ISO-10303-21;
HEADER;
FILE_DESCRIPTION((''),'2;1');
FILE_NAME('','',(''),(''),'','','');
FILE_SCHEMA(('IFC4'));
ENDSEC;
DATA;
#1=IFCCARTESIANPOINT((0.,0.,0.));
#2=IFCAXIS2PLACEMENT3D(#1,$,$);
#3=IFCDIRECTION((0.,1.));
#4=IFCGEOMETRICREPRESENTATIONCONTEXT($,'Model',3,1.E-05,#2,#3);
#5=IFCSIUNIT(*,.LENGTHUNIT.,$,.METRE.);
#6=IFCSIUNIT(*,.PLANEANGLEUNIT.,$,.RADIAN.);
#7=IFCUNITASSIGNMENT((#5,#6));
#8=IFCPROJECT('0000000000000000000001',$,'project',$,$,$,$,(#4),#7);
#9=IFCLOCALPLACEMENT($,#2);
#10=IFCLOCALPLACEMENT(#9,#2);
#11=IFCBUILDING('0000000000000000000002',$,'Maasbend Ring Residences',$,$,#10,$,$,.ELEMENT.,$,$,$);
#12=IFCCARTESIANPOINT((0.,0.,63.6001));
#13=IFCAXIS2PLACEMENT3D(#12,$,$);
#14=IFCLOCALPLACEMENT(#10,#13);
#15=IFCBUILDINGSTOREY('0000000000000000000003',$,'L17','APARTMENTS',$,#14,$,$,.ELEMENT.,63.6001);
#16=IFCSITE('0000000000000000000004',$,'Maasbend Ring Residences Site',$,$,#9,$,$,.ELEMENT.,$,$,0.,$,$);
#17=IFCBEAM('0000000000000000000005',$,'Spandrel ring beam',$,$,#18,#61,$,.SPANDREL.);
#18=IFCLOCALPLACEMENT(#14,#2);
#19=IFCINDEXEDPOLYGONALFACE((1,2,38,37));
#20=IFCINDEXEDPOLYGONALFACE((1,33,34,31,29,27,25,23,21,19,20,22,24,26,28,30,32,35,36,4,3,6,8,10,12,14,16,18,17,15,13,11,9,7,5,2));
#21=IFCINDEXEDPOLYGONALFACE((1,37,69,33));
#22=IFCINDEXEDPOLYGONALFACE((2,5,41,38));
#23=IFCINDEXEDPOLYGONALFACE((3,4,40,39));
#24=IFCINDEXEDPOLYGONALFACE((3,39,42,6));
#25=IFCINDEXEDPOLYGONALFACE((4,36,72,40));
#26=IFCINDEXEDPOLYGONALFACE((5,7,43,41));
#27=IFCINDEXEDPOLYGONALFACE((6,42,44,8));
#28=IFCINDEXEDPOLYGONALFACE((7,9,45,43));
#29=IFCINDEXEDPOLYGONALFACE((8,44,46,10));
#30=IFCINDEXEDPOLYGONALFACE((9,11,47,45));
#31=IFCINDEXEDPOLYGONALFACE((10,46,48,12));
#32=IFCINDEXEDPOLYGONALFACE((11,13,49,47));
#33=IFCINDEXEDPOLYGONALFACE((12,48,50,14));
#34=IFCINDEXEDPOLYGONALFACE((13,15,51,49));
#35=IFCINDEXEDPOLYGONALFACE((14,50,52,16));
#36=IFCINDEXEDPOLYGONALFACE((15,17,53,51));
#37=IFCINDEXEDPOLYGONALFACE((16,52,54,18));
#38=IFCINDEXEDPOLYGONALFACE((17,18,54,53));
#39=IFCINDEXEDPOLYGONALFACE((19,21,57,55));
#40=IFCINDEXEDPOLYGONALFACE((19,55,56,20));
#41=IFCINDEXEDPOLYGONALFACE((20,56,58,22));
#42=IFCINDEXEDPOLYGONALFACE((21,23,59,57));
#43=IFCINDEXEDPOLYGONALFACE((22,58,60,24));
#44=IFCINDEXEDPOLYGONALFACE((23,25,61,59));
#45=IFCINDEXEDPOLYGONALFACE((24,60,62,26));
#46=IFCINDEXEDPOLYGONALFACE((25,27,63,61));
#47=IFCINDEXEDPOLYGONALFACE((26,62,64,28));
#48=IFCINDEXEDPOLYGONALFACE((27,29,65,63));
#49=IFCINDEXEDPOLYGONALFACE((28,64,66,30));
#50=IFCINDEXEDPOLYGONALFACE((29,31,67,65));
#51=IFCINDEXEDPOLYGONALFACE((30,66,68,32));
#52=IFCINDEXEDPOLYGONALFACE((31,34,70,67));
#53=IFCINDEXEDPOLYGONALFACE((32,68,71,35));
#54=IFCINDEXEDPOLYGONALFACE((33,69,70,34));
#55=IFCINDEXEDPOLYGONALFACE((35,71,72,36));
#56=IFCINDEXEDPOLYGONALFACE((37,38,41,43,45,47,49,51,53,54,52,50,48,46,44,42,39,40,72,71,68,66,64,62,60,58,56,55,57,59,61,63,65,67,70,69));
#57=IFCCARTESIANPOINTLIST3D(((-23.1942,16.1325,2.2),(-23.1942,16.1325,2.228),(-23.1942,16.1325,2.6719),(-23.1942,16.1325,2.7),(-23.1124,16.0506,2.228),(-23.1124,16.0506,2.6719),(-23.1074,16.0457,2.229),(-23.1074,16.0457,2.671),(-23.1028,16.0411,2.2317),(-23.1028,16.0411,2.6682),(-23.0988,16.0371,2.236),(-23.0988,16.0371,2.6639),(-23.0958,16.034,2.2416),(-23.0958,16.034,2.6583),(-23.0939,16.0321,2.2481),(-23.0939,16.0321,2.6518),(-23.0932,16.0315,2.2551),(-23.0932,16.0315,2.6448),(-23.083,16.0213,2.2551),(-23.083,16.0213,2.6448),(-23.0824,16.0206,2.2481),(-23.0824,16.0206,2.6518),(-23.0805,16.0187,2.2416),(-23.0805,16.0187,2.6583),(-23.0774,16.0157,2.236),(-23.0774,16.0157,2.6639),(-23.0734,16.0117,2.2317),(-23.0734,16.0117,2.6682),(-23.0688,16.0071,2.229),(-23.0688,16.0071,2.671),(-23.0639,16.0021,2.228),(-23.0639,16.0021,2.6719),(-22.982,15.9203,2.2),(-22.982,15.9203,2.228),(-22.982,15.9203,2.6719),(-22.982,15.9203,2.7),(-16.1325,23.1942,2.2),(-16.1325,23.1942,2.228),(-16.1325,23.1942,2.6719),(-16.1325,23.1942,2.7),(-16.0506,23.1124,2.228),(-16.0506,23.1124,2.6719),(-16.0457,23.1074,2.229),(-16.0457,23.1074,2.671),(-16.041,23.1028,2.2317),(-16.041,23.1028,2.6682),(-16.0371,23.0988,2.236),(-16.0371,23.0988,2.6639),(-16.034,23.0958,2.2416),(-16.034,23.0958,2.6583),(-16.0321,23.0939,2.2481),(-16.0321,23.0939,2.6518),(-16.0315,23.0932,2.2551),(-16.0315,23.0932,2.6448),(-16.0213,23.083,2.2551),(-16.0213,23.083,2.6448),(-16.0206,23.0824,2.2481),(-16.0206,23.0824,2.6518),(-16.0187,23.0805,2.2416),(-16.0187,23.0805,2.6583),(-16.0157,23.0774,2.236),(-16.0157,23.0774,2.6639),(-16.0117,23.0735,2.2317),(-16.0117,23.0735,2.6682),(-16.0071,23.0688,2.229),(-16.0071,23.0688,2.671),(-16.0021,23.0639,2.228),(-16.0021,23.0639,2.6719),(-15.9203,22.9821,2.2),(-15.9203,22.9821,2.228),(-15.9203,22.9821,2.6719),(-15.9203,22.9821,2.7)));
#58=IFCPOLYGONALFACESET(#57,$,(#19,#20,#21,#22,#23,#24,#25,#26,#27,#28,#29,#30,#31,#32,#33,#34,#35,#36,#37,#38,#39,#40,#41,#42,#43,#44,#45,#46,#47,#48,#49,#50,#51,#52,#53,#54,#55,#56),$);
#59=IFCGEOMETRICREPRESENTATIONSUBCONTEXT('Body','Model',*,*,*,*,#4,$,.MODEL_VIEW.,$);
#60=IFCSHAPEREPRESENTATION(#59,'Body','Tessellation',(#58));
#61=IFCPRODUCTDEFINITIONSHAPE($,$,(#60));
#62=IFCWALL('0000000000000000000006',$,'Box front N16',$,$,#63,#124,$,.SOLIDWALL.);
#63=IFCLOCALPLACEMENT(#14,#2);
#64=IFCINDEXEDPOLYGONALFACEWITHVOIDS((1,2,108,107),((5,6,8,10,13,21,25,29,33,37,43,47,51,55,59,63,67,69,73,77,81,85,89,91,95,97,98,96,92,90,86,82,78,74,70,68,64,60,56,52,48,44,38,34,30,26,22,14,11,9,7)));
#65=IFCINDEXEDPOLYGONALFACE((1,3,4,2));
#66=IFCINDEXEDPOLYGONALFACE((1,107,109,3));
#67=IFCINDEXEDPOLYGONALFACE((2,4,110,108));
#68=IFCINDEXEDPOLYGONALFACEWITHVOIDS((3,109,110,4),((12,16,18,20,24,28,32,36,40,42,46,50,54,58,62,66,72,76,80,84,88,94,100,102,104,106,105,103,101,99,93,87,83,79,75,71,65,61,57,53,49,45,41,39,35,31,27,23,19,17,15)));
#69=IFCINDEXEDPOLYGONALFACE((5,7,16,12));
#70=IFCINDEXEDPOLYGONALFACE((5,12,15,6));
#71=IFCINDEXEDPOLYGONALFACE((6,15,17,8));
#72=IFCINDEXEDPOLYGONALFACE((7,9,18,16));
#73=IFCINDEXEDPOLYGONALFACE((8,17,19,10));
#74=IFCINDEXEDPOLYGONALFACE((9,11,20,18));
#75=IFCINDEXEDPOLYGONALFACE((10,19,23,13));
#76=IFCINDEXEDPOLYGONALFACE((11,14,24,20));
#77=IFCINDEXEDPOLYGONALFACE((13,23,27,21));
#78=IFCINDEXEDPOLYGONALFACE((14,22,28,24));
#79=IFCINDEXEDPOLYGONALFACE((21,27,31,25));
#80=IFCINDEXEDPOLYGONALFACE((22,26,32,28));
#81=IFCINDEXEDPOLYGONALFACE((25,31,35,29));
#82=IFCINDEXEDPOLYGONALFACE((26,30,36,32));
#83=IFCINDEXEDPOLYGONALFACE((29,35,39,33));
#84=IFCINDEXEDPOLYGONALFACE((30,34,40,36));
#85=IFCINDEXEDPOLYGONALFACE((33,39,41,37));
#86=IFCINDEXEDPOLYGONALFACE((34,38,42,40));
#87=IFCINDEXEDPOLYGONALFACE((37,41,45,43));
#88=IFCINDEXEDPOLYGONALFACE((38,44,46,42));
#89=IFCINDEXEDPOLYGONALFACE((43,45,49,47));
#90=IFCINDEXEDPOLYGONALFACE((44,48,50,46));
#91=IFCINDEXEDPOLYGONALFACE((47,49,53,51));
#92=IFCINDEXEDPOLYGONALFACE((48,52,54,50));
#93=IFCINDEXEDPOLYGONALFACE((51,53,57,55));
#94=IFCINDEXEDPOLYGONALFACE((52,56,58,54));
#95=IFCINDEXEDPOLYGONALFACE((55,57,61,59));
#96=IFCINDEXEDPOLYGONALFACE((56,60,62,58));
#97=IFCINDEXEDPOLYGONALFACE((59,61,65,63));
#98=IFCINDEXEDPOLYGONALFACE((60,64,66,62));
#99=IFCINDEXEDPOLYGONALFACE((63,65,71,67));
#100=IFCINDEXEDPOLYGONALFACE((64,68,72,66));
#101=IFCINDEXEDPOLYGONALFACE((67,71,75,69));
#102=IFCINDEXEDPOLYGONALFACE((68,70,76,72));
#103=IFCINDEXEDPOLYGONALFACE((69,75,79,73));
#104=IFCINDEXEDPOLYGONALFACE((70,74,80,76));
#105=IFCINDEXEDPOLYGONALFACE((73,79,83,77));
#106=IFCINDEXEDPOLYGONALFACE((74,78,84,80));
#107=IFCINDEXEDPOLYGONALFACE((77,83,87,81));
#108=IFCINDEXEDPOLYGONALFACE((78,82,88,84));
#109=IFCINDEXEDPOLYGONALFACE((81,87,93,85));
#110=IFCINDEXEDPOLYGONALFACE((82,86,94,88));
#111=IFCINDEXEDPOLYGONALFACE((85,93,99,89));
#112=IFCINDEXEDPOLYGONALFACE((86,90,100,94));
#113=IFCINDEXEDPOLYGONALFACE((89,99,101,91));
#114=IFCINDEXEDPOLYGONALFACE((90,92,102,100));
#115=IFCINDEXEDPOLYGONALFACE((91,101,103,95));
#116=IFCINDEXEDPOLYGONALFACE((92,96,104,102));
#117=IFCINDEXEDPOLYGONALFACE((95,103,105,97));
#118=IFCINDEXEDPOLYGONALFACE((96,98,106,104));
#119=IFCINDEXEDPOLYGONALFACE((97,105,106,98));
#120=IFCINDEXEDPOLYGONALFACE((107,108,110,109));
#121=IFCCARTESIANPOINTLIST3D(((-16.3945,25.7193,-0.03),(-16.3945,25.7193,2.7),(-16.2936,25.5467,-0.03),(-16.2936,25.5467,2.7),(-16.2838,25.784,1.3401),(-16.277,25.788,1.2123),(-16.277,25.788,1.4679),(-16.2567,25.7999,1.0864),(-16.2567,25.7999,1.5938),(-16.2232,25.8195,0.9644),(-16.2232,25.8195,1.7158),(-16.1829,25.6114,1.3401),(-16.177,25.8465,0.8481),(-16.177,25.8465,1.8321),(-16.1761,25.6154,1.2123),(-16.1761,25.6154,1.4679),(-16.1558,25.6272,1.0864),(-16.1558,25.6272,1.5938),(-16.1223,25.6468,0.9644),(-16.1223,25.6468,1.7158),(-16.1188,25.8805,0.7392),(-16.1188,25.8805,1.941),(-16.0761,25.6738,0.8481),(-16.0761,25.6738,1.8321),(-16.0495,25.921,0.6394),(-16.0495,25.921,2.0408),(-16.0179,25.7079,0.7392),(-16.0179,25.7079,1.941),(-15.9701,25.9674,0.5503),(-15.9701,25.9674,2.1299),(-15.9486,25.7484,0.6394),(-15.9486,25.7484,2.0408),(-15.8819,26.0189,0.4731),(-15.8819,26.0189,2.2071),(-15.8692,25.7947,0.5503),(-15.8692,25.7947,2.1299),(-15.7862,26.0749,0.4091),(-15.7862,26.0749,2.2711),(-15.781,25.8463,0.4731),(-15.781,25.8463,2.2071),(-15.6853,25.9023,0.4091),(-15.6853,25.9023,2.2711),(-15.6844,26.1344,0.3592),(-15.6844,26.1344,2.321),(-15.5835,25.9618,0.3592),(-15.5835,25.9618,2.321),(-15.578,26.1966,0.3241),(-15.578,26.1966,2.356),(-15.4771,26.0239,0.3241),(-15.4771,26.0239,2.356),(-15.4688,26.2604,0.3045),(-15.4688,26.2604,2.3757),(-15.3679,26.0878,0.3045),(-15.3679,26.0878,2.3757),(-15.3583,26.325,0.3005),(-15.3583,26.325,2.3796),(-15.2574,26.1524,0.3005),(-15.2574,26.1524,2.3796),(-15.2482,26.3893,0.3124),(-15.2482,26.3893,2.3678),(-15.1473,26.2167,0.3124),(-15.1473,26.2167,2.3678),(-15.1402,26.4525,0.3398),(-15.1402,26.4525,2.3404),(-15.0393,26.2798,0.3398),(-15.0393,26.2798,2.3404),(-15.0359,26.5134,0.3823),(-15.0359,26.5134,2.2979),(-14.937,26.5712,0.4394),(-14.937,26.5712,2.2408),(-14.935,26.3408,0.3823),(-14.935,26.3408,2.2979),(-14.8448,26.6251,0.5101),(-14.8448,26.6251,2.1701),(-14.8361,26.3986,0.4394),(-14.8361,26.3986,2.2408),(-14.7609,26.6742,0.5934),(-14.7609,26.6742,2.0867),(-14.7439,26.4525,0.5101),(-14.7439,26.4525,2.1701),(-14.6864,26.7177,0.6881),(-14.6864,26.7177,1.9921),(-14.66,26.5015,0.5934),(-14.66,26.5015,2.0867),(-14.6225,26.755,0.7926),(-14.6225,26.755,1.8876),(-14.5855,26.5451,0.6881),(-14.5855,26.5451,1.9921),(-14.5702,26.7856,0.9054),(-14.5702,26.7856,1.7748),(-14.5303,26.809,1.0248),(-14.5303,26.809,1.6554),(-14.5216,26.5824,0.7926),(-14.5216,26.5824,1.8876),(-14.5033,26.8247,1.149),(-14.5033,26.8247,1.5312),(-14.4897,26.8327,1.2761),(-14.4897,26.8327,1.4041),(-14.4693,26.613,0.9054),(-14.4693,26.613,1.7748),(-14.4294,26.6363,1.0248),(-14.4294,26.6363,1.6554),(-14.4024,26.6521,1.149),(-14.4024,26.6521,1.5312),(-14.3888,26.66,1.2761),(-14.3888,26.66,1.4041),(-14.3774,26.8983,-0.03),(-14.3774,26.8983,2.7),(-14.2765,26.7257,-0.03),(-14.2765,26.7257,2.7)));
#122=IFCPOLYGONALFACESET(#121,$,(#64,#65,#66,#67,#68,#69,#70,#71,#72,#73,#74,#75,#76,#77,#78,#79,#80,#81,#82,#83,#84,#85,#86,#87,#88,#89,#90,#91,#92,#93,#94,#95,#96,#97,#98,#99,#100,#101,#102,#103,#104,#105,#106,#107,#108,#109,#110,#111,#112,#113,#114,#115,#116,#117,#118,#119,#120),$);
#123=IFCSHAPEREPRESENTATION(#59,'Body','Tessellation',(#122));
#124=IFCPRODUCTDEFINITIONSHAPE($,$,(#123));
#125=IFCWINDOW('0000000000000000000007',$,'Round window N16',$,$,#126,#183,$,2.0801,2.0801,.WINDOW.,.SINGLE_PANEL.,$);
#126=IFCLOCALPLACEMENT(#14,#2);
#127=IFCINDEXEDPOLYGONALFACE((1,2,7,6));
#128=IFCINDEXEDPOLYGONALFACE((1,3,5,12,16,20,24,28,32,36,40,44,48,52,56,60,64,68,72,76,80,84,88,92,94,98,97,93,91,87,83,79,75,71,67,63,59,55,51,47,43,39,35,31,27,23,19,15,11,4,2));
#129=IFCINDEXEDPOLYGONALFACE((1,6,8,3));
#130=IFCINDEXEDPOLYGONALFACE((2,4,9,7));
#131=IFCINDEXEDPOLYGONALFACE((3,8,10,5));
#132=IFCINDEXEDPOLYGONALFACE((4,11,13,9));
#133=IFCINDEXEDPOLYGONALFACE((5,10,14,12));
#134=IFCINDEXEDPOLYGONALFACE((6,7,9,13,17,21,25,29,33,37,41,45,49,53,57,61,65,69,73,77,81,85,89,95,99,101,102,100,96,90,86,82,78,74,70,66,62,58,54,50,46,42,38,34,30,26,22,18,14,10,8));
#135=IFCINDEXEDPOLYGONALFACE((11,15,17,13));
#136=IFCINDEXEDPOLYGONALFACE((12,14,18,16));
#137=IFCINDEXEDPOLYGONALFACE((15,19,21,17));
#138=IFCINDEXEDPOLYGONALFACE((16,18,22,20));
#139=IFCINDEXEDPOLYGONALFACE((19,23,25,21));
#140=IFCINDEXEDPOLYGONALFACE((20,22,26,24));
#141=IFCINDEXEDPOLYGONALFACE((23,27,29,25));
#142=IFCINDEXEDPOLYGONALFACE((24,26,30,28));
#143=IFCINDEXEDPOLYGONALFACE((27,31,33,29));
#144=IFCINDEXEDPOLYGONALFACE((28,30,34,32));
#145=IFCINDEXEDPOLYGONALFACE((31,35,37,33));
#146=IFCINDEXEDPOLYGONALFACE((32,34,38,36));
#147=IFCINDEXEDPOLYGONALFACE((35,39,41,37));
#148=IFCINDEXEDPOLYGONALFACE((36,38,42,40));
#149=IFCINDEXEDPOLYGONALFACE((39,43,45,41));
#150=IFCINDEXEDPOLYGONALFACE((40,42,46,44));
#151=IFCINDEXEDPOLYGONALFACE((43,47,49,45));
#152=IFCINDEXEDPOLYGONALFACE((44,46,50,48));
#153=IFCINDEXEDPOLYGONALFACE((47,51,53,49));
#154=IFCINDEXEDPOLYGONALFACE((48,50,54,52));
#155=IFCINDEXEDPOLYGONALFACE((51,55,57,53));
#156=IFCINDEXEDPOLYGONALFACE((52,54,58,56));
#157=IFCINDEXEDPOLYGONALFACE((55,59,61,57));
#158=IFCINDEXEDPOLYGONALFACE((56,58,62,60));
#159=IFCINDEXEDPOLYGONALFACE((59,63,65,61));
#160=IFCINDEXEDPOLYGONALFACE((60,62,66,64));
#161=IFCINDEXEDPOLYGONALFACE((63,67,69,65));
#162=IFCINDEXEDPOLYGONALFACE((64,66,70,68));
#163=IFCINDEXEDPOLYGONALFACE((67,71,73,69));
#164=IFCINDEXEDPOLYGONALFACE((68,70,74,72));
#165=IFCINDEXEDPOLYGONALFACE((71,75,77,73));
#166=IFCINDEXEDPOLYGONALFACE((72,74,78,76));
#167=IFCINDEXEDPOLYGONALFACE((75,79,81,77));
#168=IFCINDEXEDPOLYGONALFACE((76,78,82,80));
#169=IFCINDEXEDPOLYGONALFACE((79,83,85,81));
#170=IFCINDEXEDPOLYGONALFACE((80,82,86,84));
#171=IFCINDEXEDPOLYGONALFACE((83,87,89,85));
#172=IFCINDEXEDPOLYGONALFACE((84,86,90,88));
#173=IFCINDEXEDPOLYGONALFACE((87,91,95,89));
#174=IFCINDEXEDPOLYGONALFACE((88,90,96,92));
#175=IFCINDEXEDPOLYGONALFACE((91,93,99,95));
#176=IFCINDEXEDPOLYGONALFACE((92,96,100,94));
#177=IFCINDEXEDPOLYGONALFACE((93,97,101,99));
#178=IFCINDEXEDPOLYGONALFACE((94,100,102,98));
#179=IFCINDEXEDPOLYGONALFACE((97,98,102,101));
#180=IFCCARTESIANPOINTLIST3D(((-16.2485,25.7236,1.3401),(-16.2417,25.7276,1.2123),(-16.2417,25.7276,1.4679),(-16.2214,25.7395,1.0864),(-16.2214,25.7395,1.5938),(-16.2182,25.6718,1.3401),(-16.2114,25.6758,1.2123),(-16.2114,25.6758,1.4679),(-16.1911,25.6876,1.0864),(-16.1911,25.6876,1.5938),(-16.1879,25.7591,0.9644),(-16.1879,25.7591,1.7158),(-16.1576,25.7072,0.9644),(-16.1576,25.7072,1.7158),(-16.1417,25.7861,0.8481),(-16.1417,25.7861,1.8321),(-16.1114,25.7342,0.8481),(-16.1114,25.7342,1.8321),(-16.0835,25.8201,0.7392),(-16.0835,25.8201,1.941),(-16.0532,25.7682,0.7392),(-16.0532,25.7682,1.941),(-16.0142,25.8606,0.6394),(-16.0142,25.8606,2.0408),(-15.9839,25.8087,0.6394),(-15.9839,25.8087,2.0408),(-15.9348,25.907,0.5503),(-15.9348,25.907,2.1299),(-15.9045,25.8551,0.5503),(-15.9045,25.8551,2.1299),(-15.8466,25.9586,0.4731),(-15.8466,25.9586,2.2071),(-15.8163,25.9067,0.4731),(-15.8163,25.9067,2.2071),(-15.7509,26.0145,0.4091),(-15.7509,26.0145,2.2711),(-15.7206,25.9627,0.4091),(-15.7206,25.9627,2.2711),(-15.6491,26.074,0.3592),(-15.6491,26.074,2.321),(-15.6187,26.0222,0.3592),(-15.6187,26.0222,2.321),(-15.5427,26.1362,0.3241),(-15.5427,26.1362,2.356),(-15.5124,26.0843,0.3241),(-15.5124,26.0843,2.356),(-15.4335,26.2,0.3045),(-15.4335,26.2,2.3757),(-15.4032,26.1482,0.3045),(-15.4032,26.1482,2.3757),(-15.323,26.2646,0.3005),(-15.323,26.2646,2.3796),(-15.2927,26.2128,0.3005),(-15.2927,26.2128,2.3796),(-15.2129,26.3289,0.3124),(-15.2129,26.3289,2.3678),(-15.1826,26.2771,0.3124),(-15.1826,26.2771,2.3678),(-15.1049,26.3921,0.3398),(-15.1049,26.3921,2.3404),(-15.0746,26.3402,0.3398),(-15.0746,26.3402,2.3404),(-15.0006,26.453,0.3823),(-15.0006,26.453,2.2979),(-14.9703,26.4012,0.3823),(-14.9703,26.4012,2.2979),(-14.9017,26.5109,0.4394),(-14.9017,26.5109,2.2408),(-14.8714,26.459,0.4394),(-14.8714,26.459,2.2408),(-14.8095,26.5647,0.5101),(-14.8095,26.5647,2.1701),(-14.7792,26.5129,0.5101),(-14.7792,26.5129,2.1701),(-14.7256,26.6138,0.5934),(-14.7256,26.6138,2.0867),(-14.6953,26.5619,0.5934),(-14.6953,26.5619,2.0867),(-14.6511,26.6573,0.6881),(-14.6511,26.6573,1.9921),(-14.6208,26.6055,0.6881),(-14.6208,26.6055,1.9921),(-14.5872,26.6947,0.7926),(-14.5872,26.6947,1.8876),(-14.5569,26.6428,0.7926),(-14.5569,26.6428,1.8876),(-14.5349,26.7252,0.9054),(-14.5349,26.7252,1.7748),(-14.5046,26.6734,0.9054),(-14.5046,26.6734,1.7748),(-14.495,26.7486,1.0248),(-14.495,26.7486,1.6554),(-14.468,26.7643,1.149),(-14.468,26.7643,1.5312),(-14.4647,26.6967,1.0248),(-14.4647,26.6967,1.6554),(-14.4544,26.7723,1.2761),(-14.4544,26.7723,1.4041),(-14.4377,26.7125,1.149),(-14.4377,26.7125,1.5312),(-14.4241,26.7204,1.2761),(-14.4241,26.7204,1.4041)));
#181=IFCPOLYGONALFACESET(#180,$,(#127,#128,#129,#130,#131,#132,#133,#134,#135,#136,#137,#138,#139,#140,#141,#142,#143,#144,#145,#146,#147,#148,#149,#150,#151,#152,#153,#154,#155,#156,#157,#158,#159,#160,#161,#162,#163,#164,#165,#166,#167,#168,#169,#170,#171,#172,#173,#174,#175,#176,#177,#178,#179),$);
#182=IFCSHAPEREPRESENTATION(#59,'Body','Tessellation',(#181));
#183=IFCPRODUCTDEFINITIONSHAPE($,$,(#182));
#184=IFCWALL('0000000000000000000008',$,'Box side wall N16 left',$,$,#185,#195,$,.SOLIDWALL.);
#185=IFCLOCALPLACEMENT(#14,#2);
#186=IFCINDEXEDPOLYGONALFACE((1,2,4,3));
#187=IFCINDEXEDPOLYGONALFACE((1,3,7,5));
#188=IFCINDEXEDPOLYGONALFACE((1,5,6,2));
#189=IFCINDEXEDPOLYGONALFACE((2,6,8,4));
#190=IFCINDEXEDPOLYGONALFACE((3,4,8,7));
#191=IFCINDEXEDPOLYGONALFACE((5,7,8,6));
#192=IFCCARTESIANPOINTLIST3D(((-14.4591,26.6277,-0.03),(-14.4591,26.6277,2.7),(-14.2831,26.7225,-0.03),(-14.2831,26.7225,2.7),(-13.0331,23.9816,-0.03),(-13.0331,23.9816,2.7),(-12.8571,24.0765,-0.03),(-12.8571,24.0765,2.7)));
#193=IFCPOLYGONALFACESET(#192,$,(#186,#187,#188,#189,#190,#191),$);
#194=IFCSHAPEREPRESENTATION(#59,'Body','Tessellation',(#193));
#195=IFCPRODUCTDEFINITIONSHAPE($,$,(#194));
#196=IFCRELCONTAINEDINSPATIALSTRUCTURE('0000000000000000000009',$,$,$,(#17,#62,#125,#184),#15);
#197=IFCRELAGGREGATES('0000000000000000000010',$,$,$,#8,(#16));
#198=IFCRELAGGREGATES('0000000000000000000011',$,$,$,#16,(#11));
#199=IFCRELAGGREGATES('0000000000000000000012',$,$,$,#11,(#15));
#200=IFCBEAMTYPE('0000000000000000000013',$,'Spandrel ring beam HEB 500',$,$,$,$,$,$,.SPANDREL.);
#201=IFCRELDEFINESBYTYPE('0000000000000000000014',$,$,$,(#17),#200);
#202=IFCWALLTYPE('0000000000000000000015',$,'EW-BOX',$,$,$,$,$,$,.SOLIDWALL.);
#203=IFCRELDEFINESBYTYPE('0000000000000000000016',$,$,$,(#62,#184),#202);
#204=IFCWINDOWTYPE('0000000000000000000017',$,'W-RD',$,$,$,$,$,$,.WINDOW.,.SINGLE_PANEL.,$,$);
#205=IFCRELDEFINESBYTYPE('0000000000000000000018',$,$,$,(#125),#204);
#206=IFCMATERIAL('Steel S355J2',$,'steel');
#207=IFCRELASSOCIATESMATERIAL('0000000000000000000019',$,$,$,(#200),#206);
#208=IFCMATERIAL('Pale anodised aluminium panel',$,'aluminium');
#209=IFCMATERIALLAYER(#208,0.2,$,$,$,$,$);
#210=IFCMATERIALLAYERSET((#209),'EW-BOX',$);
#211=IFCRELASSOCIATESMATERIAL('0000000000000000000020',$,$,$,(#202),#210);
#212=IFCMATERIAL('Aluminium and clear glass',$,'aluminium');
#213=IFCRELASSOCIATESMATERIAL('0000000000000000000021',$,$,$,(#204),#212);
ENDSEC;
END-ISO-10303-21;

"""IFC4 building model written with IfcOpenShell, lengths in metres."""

from ifc_helpers import new_model, si_unit, direction, frame, frame_2d, origin, origin_2d, place, context, subcontext, project, spatial, rectangle, circle, i_section, extrude, material, layer, layer_set, material_profile, profile_set, type_object, element, fill, save


model = new_model("IFC4")

# Units and contexts
model_context = context("Model", 3, precision=1e-05, world=origin(), true_north=direction((0.0, 1.0)))
body_context = subcontext(model_context, "Body", "Model", "MODEL_VIEW")
ifc_project = project(units=[si_unit("LENGTHUNIT", "METRE"), si_unit("PLANEANGLEUNIT", "RADIAN")], contexts=[model_context])

# Site, building, storey
site_placement = place(None, origin())
site = spatial("IfcSite", under=ifc_project, at=site_placement, Name="Maasbend Ring Residences Site", CompositionType="ELEMENT", RefElevation=0.0)
building_placement = place(site_placement, origin())
building = spatial("IfcBuilding", under=site, at=building_placement, Name="Maasbend Ring Residences", CompositionType="ELEMENT")
storey_placement = place(building_placement, frame((0.0, 0.0, 63.6001)))
storey = spatial("IfcBuildingStorey", under=building, at=storey_placement, Name="L17", Description="APARTMENTS", CompositionType="ELEMENT", Elevation=63.6001)

# Beam
ifc_material_1 = material(Name="Steel S355J2", Category="steel")
ifc_material_profile_1 = material_profile(ifc_material_1, i_section(OverallWidth=0.3, OverallDepth=0.5, WebThickness=0.0144, FlangeThickness=0.0281, FilletRadius=0.0271, at=origin_2d()), Name="HEB 500")
ifc_profile_set_1 = profile_set([ifc_material_profile_1], Name="Steel S355J2")
beam_type_1 = type_object("IfcBeamType", Name="Spandrel ring beam HEB 500", PredefinedType="SPANDREL", material=ifc_profile_set_1)
beam_1_placement = place(storey_placement, frame((-16.0264, 23.0881, 2.45), z_axis=(-0.707107, -0.707107, 0.0), x_axis=(0.707107, -0.707107, 0.0)))
element("IfcBeam", 1, at=beam_1_placement, inside=storey, type_object=beam_type_1, Name="Spandrel ring beam", PredefinedType="SPANDREL", context=body_context, shape_type="SweptSolid", body=[
    extrude(i_section(OverallWidth=0.3, OverallDepth=0.5, WebThickness=0.0144, FlangeThickness=0.0281, FilletRadius=0.0271, at=origin_2d()), origin(), (0.0, 0.0, 1.0), 9.9868),
])

# Wall, opening, window
ifc_material_2 = material(Name="Pale anodised aluminium panel", Category="aluminium")
ifc_layer_1 = layer(ifc_material_2, 0.2)
ifc_layer_set_1 = layer_set([ifc_layer_1], Name="EW-BOX")
wall_type_1 = type_object("IfcWallType", Name="EW-BOX", PredefinedType="SOLIDWALL", material=ifc_layer_set_1)
wall_1_placement = place(storey_placement, frame((-14.3269, 26.812, -0.03), z_axis=(0.0, 0.0, 1.0), x_axis=(-0.863347, -0.504612, 0.0)))
wall_1 = element("IfcWall", 2, at=wall_1_placement, inside=storey, type_object=wall_type_1, Name="Box front N16", PredefinedType="SOLIDWALL", context=body_context, shape_type="SweptSolid", body=[
    extrude(rectangle(XDim=2.3364, YDim=0.2, at=frame_2d((1.1682, 0.0))), origin(), (0.0, 0.0, 1.0), 2.73),
])
opening_1_placement = place(wall_1_placement, frame((0.1282, 0.0, 0.3301)))
opening_1 = element("IfcOpeningElement", 3, at=opening_1_placement, cuts=wall_1, PredefinedType="OPENING", context=body_context, shape_type="SweptSolid", body=[
    extrude(circle(Radius=1.04, at=frame_2d((1.04, 1.04))), frame((0.0, 0.1099, 0.0), z_axis=(0.0, -1.0, 0.0), x_axis=(1.0, 0.0, 0.0)), (0.0, 0.0, 1.0), 0.22),
])
ifc_material_3 = material(Name="Aluminium and clear glass", Category="aluminium")
window_type_1 = type_object("IfcWindowType", Name="W-RD", PartitioningType="SINGLE_PANEL", PredefinedType="WINDOW", material=ifc_material_3)
window_1_placement = place(opening_1_placement, origin())
window_1 = element("IfcWindow", 4, at=window_1_placement, inside=storey, type_object=window_type_1, Name="Round window N16", OverallHeight=2.0801, OverallWidth=2.0801, PartitioningType="SINGLE_PANEL", PredefinedType="WINDOW", context=body_context, shape_type="SweptSolid", body=[
    extrude(circle(Radius=1.04, at=frame_2d((1.04, 1.04))), frame((0.0, 0.03, 0.0), z_axis=(0.0, -1.0, 0.0), x_axis=(1.0, 0.0, 0.0)), (0.0, 0.0, 1.0), 0.0601),
])
fill(opening_1, window_1)

# Wall
wall_2_placement = place(storey_placement, frame((-12.9451, 24.0291, -0.03), z_axis=(0.0, 0.0, 1.0), x_axis=(-0.474424, 0.880296, 0.0)))
element("IfcWall", 5, at=wall_2_placement, inside=storey, type_object=wall_type_1, Name="Box side wall N16 left", PredefinedType="SOLIDWALL", context=body_context, shape_type="SweptSolid", body=[
    extrude(rectangle(XDim=3.0059, YDim=0.2, at=frame_2d((1.5029, 0.0))), origin(), (0.0, 0.0, 1.0), 2.73),
])

save(model, "model.ifc")
